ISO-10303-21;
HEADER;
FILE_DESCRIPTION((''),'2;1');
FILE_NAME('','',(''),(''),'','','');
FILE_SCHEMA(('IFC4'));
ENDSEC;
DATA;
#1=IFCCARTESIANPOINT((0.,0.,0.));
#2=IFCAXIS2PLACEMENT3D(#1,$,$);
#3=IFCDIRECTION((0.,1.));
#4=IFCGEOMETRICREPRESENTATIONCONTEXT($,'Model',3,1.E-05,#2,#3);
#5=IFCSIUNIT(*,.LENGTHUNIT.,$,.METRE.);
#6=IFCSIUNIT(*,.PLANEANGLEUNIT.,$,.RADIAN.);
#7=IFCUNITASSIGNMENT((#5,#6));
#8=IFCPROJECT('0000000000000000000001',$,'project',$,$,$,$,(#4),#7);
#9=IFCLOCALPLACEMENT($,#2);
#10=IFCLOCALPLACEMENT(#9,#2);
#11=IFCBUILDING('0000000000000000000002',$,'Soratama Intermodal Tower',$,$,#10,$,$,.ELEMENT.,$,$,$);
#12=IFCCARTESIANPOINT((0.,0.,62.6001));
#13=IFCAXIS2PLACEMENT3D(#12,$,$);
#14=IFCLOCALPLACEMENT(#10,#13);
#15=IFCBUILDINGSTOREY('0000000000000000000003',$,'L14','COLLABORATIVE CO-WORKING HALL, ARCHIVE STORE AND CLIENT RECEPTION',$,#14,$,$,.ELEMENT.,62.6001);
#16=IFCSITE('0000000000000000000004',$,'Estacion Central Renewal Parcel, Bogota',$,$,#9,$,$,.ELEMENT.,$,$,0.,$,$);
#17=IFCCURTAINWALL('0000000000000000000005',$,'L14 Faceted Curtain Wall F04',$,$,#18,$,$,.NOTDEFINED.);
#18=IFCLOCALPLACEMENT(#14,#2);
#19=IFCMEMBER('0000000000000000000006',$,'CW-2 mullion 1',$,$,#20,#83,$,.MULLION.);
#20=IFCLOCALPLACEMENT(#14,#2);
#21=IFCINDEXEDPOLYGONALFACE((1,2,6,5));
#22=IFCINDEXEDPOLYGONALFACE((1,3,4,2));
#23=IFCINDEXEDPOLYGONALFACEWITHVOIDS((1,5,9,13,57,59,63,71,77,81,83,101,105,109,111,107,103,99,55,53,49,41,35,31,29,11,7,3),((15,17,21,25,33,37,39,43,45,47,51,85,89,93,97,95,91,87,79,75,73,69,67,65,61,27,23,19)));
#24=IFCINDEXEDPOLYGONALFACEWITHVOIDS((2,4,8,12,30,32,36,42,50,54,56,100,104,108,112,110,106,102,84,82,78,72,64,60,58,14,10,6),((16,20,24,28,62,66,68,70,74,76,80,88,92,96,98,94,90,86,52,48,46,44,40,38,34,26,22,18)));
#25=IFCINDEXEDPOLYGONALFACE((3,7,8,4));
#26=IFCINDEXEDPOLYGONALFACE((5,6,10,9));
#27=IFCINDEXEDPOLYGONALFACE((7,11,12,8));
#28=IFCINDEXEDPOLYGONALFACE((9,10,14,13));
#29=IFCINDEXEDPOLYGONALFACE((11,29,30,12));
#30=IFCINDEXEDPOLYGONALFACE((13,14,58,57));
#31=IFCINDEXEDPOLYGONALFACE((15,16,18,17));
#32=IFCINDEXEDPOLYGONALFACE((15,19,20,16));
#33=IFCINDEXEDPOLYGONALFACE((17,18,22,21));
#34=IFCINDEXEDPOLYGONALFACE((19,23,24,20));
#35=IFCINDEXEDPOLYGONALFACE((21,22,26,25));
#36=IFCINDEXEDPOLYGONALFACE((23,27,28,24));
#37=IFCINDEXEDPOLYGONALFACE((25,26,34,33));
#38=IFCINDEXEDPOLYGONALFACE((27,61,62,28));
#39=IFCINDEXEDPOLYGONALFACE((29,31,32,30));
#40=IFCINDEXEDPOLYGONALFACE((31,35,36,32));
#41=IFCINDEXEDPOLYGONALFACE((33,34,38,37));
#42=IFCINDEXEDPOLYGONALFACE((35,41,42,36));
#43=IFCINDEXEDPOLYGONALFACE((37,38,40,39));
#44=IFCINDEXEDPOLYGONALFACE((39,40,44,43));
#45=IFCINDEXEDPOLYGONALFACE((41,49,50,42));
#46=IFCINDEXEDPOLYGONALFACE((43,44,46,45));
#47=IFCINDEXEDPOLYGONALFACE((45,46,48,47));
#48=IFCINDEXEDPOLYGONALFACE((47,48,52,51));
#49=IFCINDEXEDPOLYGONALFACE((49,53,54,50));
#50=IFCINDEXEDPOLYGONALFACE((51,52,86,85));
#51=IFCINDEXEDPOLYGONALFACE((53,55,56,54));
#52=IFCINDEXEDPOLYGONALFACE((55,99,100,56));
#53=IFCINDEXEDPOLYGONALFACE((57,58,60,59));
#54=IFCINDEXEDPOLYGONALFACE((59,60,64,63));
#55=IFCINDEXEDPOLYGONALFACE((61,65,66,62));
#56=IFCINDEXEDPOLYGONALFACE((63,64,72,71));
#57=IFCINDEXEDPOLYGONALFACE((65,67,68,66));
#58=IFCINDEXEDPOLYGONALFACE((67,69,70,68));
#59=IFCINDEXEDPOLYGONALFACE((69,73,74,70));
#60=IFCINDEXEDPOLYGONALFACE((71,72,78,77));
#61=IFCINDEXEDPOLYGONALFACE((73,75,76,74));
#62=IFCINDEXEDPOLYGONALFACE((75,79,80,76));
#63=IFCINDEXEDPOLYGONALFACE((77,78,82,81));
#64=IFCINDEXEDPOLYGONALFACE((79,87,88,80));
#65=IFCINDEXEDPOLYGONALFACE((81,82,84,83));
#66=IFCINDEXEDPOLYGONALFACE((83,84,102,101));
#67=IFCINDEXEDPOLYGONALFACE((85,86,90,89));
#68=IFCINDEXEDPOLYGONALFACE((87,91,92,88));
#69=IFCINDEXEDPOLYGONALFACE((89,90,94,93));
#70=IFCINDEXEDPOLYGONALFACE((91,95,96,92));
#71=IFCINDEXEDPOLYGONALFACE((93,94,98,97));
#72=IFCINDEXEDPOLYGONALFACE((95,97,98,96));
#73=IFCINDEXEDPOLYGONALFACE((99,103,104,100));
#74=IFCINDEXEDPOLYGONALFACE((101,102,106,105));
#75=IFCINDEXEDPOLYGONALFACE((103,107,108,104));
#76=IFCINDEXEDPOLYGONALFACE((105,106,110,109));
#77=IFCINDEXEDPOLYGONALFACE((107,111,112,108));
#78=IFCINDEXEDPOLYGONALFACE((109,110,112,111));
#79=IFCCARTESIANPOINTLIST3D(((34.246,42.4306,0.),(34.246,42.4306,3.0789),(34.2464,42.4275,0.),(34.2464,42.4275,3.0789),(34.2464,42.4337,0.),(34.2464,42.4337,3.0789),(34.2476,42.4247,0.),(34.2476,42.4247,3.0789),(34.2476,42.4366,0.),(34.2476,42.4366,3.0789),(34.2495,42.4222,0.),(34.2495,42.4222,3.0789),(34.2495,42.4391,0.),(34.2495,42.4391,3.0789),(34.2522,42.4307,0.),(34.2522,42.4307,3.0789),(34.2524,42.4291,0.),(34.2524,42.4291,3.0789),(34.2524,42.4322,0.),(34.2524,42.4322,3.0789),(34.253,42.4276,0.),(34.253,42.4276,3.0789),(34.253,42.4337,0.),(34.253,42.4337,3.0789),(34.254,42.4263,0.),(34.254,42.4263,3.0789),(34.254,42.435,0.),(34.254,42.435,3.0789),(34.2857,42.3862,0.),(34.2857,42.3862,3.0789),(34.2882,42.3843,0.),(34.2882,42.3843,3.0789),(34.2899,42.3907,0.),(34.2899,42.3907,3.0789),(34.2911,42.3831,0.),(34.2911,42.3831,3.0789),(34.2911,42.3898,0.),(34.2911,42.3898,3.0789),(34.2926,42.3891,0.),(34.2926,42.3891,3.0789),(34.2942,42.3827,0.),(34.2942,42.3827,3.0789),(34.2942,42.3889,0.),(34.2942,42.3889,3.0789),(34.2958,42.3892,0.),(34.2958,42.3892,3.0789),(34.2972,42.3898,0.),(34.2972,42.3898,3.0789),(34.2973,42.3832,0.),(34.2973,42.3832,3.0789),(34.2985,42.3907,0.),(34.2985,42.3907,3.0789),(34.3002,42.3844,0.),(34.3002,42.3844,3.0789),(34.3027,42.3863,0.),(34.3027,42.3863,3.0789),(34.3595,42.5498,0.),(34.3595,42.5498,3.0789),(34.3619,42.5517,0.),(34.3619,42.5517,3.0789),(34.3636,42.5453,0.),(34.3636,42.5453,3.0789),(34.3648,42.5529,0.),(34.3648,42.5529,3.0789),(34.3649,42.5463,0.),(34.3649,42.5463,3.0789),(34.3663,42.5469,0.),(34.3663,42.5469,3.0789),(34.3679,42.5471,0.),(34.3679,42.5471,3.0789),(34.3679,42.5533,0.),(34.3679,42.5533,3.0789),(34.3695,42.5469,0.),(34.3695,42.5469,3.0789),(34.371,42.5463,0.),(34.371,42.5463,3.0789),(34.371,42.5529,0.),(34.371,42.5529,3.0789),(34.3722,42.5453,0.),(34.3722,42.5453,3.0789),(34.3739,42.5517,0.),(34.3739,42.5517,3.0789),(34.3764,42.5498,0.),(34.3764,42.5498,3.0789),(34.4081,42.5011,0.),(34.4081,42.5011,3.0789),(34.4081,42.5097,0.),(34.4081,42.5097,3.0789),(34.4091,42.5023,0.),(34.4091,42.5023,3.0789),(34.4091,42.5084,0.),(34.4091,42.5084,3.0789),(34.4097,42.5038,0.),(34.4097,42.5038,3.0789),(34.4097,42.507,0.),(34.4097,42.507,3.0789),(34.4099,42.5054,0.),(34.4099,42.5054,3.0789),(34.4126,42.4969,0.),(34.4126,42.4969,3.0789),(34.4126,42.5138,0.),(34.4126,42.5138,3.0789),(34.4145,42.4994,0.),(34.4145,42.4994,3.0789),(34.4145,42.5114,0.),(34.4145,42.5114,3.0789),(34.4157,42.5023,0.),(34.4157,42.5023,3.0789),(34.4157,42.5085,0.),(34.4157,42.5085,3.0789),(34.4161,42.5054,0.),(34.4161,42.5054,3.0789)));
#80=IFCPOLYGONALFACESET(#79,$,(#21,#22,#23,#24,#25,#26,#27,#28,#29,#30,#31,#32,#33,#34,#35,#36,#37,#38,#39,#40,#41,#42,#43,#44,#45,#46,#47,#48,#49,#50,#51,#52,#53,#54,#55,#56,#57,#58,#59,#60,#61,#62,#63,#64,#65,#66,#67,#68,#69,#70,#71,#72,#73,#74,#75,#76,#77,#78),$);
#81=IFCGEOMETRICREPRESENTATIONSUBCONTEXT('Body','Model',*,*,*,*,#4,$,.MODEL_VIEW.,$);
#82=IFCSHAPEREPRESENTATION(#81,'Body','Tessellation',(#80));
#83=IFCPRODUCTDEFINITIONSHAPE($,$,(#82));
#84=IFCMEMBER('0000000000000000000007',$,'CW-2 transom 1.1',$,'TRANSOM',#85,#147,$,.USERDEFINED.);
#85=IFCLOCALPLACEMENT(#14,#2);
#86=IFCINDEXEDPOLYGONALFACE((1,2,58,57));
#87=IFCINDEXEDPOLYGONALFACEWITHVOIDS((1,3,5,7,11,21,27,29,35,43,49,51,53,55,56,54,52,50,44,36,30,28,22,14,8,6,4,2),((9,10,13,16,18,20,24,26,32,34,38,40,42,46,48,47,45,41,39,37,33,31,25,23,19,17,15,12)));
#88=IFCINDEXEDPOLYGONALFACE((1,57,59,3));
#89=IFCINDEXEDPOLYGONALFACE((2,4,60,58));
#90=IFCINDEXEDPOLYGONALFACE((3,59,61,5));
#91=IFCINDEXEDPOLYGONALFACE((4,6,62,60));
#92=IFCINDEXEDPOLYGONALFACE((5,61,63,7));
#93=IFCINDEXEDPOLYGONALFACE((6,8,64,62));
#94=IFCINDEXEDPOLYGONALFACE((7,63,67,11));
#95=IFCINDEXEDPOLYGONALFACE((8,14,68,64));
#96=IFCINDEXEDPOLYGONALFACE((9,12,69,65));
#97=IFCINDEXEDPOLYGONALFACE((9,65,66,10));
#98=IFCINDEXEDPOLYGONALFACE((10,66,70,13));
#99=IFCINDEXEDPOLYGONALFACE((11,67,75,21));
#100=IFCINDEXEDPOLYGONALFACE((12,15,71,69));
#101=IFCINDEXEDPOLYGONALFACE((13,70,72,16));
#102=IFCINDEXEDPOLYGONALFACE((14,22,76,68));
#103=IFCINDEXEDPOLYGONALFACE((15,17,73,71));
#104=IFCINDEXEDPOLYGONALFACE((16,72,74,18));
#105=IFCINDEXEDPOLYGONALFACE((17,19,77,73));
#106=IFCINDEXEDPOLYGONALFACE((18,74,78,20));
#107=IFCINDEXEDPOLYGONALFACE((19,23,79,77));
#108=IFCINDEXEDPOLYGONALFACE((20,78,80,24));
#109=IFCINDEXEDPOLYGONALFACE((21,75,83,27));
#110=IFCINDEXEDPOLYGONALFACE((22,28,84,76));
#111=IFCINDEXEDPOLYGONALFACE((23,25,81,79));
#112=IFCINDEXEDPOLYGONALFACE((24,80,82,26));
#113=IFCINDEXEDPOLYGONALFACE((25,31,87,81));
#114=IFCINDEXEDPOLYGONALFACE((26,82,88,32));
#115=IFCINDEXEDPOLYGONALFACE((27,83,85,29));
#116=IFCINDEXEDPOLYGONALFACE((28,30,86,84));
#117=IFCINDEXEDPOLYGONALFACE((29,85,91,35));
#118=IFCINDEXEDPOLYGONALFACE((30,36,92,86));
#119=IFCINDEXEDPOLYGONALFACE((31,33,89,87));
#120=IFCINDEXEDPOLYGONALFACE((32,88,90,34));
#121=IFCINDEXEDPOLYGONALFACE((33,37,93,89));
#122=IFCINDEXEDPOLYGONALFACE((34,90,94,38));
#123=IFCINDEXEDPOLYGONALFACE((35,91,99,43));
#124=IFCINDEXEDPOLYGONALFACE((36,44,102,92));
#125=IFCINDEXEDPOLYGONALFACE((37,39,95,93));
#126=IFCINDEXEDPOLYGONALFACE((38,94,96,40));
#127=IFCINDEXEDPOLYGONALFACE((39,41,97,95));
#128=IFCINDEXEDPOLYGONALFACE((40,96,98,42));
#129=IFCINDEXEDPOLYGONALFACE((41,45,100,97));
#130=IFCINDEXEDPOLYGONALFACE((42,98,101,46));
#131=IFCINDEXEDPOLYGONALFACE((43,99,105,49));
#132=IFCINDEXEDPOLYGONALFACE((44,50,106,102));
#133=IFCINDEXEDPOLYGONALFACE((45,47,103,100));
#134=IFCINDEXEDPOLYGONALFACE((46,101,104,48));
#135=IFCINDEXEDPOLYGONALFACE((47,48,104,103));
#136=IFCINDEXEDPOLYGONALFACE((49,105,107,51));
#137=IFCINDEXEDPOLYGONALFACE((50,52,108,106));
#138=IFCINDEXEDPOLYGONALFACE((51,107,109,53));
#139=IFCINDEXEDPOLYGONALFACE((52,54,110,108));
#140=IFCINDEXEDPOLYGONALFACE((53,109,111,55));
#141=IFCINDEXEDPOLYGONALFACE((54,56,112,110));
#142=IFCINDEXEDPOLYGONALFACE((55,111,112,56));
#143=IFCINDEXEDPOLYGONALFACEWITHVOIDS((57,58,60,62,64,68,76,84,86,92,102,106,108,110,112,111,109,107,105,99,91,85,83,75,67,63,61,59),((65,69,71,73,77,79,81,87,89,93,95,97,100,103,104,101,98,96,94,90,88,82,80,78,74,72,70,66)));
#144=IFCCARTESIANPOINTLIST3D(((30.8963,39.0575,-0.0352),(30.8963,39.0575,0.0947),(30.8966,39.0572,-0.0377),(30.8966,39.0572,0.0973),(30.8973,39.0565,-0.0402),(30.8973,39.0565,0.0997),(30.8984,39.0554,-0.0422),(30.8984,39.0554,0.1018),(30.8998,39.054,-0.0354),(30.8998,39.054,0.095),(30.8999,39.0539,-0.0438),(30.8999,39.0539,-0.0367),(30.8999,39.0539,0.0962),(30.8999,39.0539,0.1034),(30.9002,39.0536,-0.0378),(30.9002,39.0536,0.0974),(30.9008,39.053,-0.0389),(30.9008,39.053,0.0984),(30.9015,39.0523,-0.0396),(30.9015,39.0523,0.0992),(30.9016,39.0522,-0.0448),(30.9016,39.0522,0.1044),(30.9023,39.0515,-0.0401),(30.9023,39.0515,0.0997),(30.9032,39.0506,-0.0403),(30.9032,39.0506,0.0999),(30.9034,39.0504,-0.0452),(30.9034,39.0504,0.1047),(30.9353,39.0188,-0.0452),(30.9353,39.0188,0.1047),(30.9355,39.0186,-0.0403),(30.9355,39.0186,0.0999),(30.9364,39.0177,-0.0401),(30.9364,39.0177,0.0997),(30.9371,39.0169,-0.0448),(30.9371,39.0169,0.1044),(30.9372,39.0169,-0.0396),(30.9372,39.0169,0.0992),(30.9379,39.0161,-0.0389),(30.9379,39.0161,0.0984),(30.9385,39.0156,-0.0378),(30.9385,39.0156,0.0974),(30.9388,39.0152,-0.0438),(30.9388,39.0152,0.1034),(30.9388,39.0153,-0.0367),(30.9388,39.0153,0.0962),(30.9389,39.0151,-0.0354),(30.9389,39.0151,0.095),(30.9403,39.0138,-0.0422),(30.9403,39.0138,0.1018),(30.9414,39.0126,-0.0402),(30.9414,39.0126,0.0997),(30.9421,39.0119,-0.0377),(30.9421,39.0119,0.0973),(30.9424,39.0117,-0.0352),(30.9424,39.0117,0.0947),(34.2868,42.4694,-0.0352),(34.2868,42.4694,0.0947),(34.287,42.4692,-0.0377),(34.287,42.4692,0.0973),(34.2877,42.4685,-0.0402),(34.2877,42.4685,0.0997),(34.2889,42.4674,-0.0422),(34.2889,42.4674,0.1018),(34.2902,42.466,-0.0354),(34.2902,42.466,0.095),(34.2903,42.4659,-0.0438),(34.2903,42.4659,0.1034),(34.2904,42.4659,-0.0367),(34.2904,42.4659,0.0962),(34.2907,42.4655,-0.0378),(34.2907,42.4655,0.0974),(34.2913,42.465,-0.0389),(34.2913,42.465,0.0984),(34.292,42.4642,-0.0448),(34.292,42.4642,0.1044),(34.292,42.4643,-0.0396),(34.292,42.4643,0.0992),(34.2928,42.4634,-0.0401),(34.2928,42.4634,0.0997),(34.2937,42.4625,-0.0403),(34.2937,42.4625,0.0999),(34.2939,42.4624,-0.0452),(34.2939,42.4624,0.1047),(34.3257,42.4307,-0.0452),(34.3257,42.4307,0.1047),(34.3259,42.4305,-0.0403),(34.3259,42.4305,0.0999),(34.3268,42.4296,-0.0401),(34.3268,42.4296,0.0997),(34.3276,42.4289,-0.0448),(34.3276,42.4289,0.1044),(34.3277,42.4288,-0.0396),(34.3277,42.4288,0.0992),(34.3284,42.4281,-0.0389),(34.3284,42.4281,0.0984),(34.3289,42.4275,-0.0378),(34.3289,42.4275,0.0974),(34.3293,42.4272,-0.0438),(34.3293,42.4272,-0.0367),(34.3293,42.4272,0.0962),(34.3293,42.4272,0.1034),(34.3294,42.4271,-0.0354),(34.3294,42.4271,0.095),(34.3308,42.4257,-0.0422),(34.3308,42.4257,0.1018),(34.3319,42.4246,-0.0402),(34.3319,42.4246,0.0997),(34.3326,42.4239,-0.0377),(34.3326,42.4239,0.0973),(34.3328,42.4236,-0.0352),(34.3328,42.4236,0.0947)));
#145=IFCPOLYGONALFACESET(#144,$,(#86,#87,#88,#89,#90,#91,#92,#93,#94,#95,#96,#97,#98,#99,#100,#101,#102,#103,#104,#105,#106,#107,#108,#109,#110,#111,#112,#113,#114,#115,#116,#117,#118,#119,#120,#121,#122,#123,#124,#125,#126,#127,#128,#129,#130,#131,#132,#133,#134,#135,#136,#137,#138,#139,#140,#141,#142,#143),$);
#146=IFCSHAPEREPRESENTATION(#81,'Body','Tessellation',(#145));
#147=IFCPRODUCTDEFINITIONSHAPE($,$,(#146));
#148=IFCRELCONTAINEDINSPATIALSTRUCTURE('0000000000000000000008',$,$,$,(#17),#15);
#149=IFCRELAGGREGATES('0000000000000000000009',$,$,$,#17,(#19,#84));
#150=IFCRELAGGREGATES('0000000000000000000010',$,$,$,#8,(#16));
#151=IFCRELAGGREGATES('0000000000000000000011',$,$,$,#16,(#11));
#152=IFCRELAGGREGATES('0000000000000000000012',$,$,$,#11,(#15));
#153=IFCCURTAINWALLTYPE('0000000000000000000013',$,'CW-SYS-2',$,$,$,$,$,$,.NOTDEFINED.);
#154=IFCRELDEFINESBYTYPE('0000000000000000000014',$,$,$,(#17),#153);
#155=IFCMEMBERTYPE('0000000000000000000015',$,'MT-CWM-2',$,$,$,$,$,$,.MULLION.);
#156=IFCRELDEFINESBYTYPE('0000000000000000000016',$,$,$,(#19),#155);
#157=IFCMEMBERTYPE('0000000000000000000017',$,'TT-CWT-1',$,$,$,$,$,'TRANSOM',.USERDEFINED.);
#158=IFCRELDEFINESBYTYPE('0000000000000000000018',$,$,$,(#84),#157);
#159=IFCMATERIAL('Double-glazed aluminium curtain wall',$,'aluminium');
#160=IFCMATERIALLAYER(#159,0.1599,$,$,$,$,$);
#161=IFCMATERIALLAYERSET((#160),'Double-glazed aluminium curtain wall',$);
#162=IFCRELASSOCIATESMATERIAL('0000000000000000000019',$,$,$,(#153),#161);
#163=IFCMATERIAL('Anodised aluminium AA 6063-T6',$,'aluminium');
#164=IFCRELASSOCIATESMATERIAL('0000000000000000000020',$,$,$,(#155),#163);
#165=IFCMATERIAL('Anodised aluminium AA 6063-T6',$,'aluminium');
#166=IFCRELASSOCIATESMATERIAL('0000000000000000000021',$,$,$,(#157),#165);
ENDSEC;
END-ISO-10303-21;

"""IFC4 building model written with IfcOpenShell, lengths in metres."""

from ifc_helpers import new_model, si_unit, direction, frame, origin, origin_2d, place, context, subcontext, project, spatial, hollow_rectangle, extrude, material, layer, layer_set, material_profile, profile_set, type_object, element, aggregate, save


model = new_model("IFC4")

# Units and contexts
model_context = context("Model", 3, precision=1e-05, world=origin(), true_north=direction((0.0, 1.0)))
body_context = subcontext(model_context, "Body", "Model", "MODEL_VIEW")
ifc_project = project(units=[si_unit("LENGTHUNIT", "METRE"), si_unit("PLANEANGLEUNIT", "RADIAN")], contexts=[model_context])

# Site, building, storey
site_placement = place(None, origin())
site = spatial("IfcSite", under=ifc_project, at=site_placement, Name="Estacion Central Renewal Parcel, Bogota", CompositionType="ELEMENT", RefElevation=0.0)
building_placement = place(site_placement, origin())
building = spatial("IfcBuilding", under=site, at=building_placement, Name="Soratama Intermodal Tower", CompositionType="ELEMENT")
storey_placement = place(building_placement, frame((0.0, 0.0, 62.6001)))
storey = spatial("IfcBuildingStorey", under=building, at=storey_placement, Name="L14", Description="COLLABORATIVE CO-WORKING HALL, ARCHIVE STORE AND CLIENT RECEPTION", CompositionType="ELEMENT", Elevation=62.6001)

# Curtain wall, members
ifc_material_1 = material(Name="Double-glazed aluminium curtain wall", Category="aluminium")
ifc_layer_1 = layer(ifc_material_1, 0.1599)
ifc_layer_set_1 = layer_set([ifc_layer_1], Name="Double-glazed aluminium curtain wall")
curtain_wall_type = type_object("IfcCurtainWallType", Name="CW-SYS-2", PredefinedType="NOTDEFINED", material=ifc_layer_set_1)
curtain_wall_placement = place(storey_placement, origin())
curtain_wall = element("IfcCurtainWall", 1, at=curtain_wall_placement, inside=storey, type_object=curtain_wall_type, Name="L14 Faceted Curtain Wall F04", PredefinedType="NOTDEFINED")
ifc_material_2 = material(Name="Anodised aluminium AA 6063-T6", Category="aluminium")
ifc_material_profile_1 = material_profile(ifc_material_2, hollow_rectangle(XDim=0.075, YDim=0.1799, WallThickness=0.0061, InnerFilletRadius=0.0061, OuterFilletRadius=0.012, at=origin_2d()), Name="CWM180X75X6")
ifc_profile_set_1 = profile_set([ifc_material_profile_1], Name="Anodised aluminium AA 6063-T6")
member_type_1 = type_object("IfcMemberType", Name="MT-CWM-2", PredefinedType="MULLION", material=ifc_profile_set_1)
member_1_placement = place(storey_placement, frame((34.3311, 42.468, 0.0), z_axis=(0.0, 0.0, 1.0), x_axis=(0.709328, -0.704879, 0.0)))
member_1 = element("IfcMember", 2, at=member_1_placement, type_object=member_type_1, Name="CW-2 mullion 1", PredefinedType="MULLION", context=body_context, shape_type="SweptSolid", body=[
    extrude(hollow_rectangle(XDim=0.075, YDim=0.1799, WallThickness=0.0061, InnerFilletRadius=0.0061, OuterFilletRadius=0.012, at=origin_2d()), origin(), (0.0, 0.0, 1.0), 3.0789),
])
ifc_material_3 = material(Name="Anodised aluminium AA 6063-T6", Category="aluminium")
ifc_material_profile_2 = material_profile(ifc_material_3, hollow_rectangle(XDim=0.0649, YDim=0.1499, WallThickness=0.0049, InnerFilletRadius=0.0049, OuterFilletRadius=0.01, at=origin_2d()), Name="CWT150X65X5")
ifc_profile_set_2 = profile_set([ifc_material_profile_2], Name="Anodised aluminium AA 6063-T6")
member_type_2 = type_object("IfcMemberType", Name="TT-CWT-1", ElementType="TRANSOM", PredefinedType="USERDEFINED", material=ifc_profile_set_2)
member_2_placement = place(storey_placement, frame((34.3098, 42.4465, 0.0298), z_axis=(-0.70487, -0.709337, 0.0), x_axis=(0.709337, -0.70487, 0.0)))
member_2 = element("IfcMember", 3, at=member_2_placement, type_object=member_type_2, Name="CW-2 transom 1.1", ObjectType="TRANSOM", PredefinedType="USERDEFINED", context=body_context, shape_type="SweptSolid", body=[
    extrude(hollow_rectangle(XDim=0.0649, YDim=0.1499, WallThickness=0.0049, InnerFilletRadius=0.0049, OuterFilletRadius=0.01, at=origin_2d()), origin(), (0.0, 0.0, 1.0), 4.8101),
])
aggregate(curtain_wall, [member_1, member_2])

save(model, "model.ifc")
